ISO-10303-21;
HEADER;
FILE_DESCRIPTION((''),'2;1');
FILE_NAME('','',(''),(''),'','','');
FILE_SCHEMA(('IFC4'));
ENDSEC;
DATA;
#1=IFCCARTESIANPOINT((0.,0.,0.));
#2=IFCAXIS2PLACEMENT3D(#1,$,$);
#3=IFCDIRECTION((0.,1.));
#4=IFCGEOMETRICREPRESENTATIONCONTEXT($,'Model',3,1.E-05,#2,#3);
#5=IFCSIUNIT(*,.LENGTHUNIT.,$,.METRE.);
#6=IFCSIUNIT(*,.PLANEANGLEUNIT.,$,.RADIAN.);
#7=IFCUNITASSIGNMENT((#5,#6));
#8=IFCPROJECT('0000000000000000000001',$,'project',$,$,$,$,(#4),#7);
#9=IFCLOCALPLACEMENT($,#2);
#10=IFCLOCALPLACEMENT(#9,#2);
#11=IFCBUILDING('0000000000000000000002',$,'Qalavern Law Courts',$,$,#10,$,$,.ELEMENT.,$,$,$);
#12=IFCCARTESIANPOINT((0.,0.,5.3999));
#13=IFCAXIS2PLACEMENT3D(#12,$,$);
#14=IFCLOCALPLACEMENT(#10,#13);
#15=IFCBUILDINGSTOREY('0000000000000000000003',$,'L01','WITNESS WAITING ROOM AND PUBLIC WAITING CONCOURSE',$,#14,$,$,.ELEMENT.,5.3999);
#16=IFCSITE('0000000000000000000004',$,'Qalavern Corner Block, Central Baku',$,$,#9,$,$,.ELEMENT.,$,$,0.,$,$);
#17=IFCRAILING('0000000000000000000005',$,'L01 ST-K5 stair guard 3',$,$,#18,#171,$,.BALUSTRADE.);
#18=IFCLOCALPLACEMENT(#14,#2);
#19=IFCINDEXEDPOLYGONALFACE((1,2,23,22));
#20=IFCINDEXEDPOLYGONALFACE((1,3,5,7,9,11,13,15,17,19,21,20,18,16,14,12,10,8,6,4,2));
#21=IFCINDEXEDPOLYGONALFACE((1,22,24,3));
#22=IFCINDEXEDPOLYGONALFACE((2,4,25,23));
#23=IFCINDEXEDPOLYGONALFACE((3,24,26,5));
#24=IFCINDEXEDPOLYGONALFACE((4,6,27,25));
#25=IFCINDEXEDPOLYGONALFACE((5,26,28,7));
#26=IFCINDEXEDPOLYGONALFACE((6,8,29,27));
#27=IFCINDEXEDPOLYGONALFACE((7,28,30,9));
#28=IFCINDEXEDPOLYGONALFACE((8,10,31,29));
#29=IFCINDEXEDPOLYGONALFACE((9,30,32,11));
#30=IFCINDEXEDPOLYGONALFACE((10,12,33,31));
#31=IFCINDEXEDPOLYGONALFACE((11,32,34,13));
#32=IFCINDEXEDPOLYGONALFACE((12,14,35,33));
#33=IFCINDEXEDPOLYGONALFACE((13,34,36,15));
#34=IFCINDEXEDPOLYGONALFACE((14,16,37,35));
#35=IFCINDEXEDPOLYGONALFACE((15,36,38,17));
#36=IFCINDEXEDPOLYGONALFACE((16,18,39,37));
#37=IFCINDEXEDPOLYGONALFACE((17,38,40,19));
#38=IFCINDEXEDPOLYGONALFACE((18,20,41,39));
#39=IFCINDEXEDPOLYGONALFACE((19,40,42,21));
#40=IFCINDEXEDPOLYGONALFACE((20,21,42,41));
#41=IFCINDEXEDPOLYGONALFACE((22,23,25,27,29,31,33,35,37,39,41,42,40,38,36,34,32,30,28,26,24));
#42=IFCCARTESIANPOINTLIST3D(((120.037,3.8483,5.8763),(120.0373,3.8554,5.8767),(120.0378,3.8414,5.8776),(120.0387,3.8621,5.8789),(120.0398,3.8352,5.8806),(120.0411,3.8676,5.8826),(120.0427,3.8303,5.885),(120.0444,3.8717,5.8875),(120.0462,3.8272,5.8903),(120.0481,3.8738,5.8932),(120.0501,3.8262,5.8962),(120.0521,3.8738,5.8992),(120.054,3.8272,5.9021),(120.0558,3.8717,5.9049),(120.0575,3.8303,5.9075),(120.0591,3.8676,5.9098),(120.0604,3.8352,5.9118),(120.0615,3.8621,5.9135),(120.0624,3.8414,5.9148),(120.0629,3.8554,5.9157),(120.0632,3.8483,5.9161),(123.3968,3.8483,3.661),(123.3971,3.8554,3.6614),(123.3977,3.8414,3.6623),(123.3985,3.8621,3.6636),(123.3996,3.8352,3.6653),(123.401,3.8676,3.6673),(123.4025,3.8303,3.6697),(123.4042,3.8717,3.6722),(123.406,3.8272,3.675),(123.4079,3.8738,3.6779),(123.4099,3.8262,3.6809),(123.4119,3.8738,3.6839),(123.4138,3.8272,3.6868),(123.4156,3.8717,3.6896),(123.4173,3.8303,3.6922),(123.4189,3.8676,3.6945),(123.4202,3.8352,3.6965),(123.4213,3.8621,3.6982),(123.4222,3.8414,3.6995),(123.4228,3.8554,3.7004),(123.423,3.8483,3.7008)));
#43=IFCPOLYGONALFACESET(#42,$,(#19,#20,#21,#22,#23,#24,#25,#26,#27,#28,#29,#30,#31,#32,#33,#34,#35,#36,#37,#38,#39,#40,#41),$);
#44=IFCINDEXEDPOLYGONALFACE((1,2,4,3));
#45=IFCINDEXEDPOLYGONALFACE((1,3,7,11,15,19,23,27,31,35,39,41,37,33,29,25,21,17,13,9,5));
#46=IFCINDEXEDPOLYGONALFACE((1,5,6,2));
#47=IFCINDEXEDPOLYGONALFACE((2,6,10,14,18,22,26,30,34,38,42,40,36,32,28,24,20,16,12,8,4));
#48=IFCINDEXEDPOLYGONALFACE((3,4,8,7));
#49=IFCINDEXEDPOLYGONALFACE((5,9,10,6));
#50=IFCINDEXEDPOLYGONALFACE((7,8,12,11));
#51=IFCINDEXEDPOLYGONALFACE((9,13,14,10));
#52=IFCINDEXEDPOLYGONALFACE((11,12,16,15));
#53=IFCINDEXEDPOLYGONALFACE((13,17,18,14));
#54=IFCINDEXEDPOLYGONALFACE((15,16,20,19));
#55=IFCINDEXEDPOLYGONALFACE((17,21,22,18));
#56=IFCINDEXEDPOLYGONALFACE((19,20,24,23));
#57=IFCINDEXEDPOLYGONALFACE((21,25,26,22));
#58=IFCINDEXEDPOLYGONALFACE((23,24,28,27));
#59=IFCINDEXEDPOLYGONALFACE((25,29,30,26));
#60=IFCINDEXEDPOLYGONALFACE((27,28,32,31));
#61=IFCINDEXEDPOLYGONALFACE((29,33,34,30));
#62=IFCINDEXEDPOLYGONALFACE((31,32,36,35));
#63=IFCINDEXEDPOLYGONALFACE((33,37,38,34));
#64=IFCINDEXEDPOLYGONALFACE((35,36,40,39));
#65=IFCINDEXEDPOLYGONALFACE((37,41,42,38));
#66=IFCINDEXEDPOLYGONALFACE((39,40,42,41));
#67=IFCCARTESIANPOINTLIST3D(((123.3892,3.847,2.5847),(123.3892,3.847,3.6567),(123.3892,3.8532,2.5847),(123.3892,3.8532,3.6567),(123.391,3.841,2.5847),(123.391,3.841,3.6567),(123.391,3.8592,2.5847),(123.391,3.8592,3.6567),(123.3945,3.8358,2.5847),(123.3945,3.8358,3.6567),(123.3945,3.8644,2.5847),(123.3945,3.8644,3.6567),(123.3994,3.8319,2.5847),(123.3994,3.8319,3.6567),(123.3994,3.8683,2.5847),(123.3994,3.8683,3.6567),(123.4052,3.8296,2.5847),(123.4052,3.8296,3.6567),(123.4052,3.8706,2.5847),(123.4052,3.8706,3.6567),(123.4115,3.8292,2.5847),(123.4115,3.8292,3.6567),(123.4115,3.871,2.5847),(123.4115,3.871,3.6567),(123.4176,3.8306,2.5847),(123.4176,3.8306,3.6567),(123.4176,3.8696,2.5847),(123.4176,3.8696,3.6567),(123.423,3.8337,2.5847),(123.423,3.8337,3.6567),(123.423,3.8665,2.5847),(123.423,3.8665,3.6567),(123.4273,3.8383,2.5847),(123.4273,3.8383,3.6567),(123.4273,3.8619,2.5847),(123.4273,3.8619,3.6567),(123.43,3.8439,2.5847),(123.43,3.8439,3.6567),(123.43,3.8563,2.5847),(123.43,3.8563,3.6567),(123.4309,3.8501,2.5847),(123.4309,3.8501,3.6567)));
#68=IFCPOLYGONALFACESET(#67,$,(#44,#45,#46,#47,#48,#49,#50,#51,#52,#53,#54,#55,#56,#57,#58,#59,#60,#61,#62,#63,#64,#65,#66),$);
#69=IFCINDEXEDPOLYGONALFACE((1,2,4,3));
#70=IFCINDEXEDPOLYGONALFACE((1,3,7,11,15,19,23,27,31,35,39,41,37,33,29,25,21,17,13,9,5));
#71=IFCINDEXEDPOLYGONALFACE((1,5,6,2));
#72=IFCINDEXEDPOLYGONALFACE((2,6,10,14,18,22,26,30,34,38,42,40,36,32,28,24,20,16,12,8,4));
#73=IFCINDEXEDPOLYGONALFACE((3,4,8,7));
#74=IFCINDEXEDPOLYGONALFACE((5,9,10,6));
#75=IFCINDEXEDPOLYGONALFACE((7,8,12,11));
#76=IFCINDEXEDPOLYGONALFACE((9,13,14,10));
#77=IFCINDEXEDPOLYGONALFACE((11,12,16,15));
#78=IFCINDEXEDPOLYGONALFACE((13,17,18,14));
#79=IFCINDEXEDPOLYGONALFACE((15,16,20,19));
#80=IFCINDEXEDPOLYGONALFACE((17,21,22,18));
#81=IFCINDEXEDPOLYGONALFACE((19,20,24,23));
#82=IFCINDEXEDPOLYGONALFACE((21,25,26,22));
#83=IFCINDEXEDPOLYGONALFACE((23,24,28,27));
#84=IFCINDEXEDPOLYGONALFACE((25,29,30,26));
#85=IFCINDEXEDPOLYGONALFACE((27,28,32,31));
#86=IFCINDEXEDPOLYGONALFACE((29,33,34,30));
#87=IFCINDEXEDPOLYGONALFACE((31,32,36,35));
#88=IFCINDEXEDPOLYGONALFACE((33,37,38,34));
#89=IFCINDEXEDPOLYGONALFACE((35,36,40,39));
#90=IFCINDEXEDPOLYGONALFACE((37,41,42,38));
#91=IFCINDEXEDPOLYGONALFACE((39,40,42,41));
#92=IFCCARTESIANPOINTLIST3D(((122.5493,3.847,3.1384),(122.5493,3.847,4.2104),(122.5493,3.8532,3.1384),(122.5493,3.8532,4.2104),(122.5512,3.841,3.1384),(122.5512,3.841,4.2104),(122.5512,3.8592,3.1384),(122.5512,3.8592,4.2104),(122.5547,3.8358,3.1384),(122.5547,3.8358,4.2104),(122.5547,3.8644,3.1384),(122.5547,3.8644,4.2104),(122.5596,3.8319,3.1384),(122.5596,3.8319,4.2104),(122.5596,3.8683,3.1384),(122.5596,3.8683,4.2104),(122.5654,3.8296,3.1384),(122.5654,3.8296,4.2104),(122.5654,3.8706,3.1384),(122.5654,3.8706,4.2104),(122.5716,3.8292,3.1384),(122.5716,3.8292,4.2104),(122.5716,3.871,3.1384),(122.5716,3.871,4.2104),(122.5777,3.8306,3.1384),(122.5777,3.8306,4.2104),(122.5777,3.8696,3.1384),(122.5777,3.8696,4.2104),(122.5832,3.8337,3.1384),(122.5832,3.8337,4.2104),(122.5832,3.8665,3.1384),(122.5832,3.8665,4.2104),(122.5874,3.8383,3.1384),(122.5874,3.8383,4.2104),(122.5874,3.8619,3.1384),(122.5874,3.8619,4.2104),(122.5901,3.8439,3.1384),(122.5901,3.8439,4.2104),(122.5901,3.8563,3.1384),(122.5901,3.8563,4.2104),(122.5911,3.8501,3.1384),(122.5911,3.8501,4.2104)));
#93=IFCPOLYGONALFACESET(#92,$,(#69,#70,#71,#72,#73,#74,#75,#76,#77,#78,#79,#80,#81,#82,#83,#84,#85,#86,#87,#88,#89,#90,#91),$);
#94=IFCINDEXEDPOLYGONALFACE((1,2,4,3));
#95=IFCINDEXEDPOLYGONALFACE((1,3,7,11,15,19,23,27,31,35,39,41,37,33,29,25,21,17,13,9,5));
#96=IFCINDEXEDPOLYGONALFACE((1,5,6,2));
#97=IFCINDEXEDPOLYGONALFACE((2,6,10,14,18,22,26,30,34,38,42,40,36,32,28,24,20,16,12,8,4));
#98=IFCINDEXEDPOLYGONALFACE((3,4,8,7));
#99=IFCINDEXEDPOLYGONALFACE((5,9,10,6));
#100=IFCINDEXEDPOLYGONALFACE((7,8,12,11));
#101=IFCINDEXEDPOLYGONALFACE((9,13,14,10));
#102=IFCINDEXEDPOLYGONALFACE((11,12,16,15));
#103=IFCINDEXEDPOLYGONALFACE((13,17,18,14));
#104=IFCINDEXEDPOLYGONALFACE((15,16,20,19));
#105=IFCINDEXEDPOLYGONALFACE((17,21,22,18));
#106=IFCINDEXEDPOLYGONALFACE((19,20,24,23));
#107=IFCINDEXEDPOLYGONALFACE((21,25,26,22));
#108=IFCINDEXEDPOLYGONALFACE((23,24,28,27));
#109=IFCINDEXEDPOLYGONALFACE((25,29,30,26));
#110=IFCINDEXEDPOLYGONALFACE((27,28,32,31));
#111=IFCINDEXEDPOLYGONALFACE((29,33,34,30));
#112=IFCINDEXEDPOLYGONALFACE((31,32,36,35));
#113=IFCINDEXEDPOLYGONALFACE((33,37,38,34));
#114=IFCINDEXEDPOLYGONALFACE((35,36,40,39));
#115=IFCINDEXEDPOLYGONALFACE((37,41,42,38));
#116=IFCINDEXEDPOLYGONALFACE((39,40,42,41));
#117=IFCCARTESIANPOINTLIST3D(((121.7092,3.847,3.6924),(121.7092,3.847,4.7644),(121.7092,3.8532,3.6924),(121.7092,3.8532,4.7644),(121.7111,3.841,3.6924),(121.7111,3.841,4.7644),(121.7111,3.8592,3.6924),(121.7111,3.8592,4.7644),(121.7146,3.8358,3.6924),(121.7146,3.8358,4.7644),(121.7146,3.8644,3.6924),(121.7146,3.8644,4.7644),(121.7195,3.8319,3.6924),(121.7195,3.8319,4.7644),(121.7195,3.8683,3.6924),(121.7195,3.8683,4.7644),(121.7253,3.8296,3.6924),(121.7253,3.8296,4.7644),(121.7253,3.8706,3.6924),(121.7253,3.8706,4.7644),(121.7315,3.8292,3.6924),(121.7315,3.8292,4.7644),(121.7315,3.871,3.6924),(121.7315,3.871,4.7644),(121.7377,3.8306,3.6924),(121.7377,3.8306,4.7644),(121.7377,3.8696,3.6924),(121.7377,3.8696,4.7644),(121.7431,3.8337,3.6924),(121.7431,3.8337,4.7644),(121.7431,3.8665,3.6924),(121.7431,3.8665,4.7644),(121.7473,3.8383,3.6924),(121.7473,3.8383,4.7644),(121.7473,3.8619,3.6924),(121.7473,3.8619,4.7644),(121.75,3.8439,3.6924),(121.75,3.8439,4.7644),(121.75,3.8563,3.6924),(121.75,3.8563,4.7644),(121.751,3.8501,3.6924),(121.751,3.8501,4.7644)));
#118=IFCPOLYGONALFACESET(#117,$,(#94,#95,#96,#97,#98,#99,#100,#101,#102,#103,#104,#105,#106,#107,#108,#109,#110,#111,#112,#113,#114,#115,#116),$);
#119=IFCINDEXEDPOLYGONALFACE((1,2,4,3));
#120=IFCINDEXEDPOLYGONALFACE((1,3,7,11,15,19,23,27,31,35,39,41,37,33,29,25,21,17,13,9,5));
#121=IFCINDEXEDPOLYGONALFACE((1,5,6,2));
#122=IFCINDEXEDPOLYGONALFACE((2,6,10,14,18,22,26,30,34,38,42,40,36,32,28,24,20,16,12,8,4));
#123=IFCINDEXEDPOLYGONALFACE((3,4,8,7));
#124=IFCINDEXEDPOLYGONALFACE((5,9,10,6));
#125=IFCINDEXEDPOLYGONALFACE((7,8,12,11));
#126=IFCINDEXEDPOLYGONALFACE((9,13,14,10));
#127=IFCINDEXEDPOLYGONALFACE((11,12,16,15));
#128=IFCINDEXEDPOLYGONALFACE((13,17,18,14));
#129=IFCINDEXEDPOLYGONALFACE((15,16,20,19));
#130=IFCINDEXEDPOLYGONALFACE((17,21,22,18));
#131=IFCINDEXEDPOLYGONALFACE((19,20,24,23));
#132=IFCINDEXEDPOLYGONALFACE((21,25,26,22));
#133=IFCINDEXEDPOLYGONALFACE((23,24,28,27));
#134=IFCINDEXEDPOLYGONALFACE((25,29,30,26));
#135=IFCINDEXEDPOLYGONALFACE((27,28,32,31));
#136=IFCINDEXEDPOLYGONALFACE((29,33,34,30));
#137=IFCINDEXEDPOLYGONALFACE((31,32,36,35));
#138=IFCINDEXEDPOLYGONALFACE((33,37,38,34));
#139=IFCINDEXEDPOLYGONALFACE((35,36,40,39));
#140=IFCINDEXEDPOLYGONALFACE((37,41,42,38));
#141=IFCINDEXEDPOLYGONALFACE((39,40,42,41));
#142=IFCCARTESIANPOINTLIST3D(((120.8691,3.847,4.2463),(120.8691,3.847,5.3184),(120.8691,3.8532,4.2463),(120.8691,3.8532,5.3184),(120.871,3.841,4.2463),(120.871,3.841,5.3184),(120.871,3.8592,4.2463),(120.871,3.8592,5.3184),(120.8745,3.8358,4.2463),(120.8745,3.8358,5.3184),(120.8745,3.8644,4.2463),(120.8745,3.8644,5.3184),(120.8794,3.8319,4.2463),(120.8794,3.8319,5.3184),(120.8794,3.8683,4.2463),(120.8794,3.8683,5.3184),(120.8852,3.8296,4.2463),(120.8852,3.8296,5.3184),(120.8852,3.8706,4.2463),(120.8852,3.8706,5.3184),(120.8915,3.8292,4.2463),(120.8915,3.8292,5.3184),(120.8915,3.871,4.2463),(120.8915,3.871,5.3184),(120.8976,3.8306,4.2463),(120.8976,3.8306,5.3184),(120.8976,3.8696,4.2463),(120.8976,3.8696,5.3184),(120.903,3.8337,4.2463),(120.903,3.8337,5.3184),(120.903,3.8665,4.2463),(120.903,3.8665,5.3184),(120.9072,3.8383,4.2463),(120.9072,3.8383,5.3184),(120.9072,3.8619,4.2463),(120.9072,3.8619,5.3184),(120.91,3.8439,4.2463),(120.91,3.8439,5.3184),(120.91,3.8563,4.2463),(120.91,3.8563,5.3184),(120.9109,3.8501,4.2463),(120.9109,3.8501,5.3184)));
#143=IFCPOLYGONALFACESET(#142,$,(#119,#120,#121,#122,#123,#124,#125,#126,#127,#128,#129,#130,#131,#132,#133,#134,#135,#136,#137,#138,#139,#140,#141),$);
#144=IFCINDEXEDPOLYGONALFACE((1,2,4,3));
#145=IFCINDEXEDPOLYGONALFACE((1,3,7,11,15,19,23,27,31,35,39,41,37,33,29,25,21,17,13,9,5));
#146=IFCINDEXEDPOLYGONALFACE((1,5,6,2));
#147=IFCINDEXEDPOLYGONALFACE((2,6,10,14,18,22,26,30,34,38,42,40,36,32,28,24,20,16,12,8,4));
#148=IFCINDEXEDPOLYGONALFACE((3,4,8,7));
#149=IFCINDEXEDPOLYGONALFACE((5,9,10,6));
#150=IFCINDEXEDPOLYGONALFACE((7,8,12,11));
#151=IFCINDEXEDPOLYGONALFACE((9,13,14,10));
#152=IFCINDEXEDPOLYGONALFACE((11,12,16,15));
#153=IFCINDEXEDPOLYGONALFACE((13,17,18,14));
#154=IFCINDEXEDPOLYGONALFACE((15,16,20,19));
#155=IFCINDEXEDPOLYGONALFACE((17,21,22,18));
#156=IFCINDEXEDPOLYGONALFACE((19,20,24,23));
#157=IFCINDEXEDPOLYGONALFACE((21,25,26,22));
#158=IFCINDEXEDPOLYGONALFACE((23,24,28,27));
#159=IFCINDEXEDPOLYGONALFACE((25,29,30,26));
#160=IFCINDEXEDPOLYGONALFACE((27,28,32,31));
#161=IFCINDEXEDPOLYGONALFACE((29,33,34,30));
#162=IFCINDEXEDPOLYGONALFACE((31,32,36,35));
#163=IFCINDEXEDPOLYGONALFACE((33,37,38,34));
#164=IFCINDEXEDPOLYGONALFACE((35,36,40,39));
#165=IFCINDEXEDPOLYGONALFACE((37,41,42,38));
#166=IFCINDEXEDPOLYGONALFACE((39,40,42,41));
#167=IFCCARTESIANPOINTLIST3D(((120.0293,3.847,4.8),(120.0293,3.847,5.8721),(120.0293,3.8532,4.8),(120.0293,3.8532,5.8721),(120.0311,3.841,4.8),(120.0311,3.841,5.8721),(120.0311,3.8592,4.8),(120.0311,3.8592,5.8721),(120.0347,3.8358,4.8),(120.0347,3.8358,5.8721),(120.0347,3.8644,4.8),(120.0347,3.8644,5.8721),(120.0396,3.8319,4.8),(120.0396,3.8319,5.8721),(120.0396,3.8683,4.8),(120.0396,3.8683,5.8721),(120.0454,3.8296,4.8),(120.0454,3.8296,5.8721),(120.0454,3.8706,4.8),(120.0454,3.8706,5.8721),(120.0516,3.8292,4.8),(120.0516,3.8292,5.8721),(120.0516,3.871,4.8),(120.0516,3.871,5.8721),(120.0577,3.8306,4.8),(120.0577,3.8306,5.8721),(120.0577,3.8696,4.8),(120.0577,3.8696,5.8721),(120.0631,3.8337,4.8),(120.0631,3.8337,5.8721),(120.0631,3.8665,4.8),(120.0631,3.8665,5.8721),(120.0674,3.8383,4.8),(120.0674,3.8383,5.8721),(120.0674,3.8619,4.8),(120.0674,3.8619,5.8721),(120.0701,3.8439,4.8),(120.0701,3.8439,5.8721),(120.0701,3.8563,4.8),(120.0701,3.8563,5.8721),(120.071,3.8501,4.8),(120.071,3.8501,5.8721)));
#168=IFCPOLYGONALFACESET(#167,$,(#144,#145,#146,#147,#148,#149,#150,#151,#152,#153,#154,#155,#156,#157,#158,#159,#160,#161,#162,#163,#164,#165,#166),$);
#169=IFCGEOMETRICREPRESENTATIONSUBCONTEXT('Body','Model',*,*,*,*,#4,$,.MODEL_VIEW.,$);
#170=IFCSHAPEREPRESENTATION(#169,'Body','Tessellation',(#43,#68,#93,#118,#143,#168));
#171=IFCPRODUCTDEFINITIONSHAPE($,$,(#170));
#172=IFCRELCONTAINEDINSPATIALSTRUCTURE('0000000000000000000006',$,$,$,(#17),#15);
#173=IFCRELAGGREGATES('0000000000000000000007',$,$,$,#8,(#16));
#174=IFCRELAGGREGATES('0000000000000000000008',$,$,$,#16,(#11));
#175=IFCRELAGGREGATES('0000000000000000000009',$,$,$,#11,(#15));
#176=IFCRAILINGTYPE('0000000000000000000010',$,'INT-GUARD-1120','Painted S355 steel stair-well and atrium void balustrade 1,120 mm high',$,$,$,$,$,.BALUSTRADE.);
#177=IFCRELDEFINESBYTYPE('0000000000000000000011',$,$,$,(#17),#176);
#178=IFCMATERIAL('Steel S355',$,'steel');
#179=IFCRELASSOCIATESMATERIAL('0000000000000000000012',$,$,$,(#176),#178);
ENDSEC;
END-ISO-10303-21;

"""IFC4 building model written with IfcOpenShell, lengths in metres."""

from ifc_helpers import new_model, si_unit, direction, frame, origin, origin_2d, place, context, subcontext, project, spatial, circle, extrude, material, type_object, element, save


model = new_model("IFC4")

# Units and contexts
model_context = context("Model", 3, precision=1e-05, world=origin(), true_north=direction((0.0, 1.0)))
body_context = subcontext(model_context, "Body", "Model", "MODEL_VIEW")
ifc_project = project(units=[si_unit("LENGTHUNIT", "METRE"), si_unit("PLANEANGLEUNIT", "RADIAN")], contexts=[model_context])

# Site, building, storey
site_placement = place(None, origin())
site = spatial("IfcSite", under=ifc_project, at=site_placement, Name="Qalavern Corner Block, Central Baku", CompositionType="ELEMENT", RefElevation=0.0)
building_placement = place(site_placement, origin())
building = spatial("IfcBuilding", under=site, at=building_placement, Name="Qalavern Law Courts", CompositionType="ELEMENT")
storey_placement = place(building_placement, frame((0.0, 0.0, 5.3999)))
storey = spatial("IfcBuildingStorey", under=building, at=storey_placement, Name="L01", Description="WITNESS WAITING ROOM AND PUBLIC WAITING CONCOURSE", CompositionType="ELEMENT", Elevation=5.3999)

# Shared definitions
ifc_material_1 = material(Name="Steel S355", Category="steel")

# Railing
railing_type_1 = type_object("IfcRailingType", Name="INT-GUARD-1120", Description="Painted S355 steel stair-well and atrium void balustrade 1,120 mm high", PredefinedType="BALUSTRADE", material=ifc_material_1)
railing_1_placement = place(storey_placement, frame((123.4099, 3.8501, 2.5847)))
element("IfcRailing", 1, at=railing_1_placement, inside=storey, type_object=railing_type_1, Name="L01 ST-K5 stair guard 3", PredefinedType="BALUSTRADE", context=body_context, shape_type="SweptSolid", body=[
    extrude(circle(Radius=0.0239, at=origin_2d()), frame((0.0, 0.0, 1.0962), z_axis=(-0.834858, 0.0, 0.550465), x_axis=(0.0, -1.0, 0.0)), (0.0, 0.0, 1.0), 4.0244),
    extrude(circle(Radius=0.021, at=origin_2d()), origin(), (0.0, 0.0, 1.0), 1.072),
    extrude(circle(Radius=0.021, at=origin_2d()), frame((-0.8398, 0.0, 0.5537)), (0.0, 0.0, 1.0), 1.072),
    extrude(circle(Radius=0.021, at=origin_2d()), frame((-1.6799, 0.0, 1.1077)), (0.0, 0.0, 1.0), 1.072),
    extrude(circle(Radius=0.021, at=origin_2d()), frame((-2.52, 0.0, 1.6616)), (0.0, 0.0, 1.0), 1.072),
    extrude(circle(Radius=0.021, at=origin_2d()), frame((-3.3599, 0.0, 2.2153)), (0.0, 0.0, 1.0), 1.072),
])

save(model, "model.ifc")
